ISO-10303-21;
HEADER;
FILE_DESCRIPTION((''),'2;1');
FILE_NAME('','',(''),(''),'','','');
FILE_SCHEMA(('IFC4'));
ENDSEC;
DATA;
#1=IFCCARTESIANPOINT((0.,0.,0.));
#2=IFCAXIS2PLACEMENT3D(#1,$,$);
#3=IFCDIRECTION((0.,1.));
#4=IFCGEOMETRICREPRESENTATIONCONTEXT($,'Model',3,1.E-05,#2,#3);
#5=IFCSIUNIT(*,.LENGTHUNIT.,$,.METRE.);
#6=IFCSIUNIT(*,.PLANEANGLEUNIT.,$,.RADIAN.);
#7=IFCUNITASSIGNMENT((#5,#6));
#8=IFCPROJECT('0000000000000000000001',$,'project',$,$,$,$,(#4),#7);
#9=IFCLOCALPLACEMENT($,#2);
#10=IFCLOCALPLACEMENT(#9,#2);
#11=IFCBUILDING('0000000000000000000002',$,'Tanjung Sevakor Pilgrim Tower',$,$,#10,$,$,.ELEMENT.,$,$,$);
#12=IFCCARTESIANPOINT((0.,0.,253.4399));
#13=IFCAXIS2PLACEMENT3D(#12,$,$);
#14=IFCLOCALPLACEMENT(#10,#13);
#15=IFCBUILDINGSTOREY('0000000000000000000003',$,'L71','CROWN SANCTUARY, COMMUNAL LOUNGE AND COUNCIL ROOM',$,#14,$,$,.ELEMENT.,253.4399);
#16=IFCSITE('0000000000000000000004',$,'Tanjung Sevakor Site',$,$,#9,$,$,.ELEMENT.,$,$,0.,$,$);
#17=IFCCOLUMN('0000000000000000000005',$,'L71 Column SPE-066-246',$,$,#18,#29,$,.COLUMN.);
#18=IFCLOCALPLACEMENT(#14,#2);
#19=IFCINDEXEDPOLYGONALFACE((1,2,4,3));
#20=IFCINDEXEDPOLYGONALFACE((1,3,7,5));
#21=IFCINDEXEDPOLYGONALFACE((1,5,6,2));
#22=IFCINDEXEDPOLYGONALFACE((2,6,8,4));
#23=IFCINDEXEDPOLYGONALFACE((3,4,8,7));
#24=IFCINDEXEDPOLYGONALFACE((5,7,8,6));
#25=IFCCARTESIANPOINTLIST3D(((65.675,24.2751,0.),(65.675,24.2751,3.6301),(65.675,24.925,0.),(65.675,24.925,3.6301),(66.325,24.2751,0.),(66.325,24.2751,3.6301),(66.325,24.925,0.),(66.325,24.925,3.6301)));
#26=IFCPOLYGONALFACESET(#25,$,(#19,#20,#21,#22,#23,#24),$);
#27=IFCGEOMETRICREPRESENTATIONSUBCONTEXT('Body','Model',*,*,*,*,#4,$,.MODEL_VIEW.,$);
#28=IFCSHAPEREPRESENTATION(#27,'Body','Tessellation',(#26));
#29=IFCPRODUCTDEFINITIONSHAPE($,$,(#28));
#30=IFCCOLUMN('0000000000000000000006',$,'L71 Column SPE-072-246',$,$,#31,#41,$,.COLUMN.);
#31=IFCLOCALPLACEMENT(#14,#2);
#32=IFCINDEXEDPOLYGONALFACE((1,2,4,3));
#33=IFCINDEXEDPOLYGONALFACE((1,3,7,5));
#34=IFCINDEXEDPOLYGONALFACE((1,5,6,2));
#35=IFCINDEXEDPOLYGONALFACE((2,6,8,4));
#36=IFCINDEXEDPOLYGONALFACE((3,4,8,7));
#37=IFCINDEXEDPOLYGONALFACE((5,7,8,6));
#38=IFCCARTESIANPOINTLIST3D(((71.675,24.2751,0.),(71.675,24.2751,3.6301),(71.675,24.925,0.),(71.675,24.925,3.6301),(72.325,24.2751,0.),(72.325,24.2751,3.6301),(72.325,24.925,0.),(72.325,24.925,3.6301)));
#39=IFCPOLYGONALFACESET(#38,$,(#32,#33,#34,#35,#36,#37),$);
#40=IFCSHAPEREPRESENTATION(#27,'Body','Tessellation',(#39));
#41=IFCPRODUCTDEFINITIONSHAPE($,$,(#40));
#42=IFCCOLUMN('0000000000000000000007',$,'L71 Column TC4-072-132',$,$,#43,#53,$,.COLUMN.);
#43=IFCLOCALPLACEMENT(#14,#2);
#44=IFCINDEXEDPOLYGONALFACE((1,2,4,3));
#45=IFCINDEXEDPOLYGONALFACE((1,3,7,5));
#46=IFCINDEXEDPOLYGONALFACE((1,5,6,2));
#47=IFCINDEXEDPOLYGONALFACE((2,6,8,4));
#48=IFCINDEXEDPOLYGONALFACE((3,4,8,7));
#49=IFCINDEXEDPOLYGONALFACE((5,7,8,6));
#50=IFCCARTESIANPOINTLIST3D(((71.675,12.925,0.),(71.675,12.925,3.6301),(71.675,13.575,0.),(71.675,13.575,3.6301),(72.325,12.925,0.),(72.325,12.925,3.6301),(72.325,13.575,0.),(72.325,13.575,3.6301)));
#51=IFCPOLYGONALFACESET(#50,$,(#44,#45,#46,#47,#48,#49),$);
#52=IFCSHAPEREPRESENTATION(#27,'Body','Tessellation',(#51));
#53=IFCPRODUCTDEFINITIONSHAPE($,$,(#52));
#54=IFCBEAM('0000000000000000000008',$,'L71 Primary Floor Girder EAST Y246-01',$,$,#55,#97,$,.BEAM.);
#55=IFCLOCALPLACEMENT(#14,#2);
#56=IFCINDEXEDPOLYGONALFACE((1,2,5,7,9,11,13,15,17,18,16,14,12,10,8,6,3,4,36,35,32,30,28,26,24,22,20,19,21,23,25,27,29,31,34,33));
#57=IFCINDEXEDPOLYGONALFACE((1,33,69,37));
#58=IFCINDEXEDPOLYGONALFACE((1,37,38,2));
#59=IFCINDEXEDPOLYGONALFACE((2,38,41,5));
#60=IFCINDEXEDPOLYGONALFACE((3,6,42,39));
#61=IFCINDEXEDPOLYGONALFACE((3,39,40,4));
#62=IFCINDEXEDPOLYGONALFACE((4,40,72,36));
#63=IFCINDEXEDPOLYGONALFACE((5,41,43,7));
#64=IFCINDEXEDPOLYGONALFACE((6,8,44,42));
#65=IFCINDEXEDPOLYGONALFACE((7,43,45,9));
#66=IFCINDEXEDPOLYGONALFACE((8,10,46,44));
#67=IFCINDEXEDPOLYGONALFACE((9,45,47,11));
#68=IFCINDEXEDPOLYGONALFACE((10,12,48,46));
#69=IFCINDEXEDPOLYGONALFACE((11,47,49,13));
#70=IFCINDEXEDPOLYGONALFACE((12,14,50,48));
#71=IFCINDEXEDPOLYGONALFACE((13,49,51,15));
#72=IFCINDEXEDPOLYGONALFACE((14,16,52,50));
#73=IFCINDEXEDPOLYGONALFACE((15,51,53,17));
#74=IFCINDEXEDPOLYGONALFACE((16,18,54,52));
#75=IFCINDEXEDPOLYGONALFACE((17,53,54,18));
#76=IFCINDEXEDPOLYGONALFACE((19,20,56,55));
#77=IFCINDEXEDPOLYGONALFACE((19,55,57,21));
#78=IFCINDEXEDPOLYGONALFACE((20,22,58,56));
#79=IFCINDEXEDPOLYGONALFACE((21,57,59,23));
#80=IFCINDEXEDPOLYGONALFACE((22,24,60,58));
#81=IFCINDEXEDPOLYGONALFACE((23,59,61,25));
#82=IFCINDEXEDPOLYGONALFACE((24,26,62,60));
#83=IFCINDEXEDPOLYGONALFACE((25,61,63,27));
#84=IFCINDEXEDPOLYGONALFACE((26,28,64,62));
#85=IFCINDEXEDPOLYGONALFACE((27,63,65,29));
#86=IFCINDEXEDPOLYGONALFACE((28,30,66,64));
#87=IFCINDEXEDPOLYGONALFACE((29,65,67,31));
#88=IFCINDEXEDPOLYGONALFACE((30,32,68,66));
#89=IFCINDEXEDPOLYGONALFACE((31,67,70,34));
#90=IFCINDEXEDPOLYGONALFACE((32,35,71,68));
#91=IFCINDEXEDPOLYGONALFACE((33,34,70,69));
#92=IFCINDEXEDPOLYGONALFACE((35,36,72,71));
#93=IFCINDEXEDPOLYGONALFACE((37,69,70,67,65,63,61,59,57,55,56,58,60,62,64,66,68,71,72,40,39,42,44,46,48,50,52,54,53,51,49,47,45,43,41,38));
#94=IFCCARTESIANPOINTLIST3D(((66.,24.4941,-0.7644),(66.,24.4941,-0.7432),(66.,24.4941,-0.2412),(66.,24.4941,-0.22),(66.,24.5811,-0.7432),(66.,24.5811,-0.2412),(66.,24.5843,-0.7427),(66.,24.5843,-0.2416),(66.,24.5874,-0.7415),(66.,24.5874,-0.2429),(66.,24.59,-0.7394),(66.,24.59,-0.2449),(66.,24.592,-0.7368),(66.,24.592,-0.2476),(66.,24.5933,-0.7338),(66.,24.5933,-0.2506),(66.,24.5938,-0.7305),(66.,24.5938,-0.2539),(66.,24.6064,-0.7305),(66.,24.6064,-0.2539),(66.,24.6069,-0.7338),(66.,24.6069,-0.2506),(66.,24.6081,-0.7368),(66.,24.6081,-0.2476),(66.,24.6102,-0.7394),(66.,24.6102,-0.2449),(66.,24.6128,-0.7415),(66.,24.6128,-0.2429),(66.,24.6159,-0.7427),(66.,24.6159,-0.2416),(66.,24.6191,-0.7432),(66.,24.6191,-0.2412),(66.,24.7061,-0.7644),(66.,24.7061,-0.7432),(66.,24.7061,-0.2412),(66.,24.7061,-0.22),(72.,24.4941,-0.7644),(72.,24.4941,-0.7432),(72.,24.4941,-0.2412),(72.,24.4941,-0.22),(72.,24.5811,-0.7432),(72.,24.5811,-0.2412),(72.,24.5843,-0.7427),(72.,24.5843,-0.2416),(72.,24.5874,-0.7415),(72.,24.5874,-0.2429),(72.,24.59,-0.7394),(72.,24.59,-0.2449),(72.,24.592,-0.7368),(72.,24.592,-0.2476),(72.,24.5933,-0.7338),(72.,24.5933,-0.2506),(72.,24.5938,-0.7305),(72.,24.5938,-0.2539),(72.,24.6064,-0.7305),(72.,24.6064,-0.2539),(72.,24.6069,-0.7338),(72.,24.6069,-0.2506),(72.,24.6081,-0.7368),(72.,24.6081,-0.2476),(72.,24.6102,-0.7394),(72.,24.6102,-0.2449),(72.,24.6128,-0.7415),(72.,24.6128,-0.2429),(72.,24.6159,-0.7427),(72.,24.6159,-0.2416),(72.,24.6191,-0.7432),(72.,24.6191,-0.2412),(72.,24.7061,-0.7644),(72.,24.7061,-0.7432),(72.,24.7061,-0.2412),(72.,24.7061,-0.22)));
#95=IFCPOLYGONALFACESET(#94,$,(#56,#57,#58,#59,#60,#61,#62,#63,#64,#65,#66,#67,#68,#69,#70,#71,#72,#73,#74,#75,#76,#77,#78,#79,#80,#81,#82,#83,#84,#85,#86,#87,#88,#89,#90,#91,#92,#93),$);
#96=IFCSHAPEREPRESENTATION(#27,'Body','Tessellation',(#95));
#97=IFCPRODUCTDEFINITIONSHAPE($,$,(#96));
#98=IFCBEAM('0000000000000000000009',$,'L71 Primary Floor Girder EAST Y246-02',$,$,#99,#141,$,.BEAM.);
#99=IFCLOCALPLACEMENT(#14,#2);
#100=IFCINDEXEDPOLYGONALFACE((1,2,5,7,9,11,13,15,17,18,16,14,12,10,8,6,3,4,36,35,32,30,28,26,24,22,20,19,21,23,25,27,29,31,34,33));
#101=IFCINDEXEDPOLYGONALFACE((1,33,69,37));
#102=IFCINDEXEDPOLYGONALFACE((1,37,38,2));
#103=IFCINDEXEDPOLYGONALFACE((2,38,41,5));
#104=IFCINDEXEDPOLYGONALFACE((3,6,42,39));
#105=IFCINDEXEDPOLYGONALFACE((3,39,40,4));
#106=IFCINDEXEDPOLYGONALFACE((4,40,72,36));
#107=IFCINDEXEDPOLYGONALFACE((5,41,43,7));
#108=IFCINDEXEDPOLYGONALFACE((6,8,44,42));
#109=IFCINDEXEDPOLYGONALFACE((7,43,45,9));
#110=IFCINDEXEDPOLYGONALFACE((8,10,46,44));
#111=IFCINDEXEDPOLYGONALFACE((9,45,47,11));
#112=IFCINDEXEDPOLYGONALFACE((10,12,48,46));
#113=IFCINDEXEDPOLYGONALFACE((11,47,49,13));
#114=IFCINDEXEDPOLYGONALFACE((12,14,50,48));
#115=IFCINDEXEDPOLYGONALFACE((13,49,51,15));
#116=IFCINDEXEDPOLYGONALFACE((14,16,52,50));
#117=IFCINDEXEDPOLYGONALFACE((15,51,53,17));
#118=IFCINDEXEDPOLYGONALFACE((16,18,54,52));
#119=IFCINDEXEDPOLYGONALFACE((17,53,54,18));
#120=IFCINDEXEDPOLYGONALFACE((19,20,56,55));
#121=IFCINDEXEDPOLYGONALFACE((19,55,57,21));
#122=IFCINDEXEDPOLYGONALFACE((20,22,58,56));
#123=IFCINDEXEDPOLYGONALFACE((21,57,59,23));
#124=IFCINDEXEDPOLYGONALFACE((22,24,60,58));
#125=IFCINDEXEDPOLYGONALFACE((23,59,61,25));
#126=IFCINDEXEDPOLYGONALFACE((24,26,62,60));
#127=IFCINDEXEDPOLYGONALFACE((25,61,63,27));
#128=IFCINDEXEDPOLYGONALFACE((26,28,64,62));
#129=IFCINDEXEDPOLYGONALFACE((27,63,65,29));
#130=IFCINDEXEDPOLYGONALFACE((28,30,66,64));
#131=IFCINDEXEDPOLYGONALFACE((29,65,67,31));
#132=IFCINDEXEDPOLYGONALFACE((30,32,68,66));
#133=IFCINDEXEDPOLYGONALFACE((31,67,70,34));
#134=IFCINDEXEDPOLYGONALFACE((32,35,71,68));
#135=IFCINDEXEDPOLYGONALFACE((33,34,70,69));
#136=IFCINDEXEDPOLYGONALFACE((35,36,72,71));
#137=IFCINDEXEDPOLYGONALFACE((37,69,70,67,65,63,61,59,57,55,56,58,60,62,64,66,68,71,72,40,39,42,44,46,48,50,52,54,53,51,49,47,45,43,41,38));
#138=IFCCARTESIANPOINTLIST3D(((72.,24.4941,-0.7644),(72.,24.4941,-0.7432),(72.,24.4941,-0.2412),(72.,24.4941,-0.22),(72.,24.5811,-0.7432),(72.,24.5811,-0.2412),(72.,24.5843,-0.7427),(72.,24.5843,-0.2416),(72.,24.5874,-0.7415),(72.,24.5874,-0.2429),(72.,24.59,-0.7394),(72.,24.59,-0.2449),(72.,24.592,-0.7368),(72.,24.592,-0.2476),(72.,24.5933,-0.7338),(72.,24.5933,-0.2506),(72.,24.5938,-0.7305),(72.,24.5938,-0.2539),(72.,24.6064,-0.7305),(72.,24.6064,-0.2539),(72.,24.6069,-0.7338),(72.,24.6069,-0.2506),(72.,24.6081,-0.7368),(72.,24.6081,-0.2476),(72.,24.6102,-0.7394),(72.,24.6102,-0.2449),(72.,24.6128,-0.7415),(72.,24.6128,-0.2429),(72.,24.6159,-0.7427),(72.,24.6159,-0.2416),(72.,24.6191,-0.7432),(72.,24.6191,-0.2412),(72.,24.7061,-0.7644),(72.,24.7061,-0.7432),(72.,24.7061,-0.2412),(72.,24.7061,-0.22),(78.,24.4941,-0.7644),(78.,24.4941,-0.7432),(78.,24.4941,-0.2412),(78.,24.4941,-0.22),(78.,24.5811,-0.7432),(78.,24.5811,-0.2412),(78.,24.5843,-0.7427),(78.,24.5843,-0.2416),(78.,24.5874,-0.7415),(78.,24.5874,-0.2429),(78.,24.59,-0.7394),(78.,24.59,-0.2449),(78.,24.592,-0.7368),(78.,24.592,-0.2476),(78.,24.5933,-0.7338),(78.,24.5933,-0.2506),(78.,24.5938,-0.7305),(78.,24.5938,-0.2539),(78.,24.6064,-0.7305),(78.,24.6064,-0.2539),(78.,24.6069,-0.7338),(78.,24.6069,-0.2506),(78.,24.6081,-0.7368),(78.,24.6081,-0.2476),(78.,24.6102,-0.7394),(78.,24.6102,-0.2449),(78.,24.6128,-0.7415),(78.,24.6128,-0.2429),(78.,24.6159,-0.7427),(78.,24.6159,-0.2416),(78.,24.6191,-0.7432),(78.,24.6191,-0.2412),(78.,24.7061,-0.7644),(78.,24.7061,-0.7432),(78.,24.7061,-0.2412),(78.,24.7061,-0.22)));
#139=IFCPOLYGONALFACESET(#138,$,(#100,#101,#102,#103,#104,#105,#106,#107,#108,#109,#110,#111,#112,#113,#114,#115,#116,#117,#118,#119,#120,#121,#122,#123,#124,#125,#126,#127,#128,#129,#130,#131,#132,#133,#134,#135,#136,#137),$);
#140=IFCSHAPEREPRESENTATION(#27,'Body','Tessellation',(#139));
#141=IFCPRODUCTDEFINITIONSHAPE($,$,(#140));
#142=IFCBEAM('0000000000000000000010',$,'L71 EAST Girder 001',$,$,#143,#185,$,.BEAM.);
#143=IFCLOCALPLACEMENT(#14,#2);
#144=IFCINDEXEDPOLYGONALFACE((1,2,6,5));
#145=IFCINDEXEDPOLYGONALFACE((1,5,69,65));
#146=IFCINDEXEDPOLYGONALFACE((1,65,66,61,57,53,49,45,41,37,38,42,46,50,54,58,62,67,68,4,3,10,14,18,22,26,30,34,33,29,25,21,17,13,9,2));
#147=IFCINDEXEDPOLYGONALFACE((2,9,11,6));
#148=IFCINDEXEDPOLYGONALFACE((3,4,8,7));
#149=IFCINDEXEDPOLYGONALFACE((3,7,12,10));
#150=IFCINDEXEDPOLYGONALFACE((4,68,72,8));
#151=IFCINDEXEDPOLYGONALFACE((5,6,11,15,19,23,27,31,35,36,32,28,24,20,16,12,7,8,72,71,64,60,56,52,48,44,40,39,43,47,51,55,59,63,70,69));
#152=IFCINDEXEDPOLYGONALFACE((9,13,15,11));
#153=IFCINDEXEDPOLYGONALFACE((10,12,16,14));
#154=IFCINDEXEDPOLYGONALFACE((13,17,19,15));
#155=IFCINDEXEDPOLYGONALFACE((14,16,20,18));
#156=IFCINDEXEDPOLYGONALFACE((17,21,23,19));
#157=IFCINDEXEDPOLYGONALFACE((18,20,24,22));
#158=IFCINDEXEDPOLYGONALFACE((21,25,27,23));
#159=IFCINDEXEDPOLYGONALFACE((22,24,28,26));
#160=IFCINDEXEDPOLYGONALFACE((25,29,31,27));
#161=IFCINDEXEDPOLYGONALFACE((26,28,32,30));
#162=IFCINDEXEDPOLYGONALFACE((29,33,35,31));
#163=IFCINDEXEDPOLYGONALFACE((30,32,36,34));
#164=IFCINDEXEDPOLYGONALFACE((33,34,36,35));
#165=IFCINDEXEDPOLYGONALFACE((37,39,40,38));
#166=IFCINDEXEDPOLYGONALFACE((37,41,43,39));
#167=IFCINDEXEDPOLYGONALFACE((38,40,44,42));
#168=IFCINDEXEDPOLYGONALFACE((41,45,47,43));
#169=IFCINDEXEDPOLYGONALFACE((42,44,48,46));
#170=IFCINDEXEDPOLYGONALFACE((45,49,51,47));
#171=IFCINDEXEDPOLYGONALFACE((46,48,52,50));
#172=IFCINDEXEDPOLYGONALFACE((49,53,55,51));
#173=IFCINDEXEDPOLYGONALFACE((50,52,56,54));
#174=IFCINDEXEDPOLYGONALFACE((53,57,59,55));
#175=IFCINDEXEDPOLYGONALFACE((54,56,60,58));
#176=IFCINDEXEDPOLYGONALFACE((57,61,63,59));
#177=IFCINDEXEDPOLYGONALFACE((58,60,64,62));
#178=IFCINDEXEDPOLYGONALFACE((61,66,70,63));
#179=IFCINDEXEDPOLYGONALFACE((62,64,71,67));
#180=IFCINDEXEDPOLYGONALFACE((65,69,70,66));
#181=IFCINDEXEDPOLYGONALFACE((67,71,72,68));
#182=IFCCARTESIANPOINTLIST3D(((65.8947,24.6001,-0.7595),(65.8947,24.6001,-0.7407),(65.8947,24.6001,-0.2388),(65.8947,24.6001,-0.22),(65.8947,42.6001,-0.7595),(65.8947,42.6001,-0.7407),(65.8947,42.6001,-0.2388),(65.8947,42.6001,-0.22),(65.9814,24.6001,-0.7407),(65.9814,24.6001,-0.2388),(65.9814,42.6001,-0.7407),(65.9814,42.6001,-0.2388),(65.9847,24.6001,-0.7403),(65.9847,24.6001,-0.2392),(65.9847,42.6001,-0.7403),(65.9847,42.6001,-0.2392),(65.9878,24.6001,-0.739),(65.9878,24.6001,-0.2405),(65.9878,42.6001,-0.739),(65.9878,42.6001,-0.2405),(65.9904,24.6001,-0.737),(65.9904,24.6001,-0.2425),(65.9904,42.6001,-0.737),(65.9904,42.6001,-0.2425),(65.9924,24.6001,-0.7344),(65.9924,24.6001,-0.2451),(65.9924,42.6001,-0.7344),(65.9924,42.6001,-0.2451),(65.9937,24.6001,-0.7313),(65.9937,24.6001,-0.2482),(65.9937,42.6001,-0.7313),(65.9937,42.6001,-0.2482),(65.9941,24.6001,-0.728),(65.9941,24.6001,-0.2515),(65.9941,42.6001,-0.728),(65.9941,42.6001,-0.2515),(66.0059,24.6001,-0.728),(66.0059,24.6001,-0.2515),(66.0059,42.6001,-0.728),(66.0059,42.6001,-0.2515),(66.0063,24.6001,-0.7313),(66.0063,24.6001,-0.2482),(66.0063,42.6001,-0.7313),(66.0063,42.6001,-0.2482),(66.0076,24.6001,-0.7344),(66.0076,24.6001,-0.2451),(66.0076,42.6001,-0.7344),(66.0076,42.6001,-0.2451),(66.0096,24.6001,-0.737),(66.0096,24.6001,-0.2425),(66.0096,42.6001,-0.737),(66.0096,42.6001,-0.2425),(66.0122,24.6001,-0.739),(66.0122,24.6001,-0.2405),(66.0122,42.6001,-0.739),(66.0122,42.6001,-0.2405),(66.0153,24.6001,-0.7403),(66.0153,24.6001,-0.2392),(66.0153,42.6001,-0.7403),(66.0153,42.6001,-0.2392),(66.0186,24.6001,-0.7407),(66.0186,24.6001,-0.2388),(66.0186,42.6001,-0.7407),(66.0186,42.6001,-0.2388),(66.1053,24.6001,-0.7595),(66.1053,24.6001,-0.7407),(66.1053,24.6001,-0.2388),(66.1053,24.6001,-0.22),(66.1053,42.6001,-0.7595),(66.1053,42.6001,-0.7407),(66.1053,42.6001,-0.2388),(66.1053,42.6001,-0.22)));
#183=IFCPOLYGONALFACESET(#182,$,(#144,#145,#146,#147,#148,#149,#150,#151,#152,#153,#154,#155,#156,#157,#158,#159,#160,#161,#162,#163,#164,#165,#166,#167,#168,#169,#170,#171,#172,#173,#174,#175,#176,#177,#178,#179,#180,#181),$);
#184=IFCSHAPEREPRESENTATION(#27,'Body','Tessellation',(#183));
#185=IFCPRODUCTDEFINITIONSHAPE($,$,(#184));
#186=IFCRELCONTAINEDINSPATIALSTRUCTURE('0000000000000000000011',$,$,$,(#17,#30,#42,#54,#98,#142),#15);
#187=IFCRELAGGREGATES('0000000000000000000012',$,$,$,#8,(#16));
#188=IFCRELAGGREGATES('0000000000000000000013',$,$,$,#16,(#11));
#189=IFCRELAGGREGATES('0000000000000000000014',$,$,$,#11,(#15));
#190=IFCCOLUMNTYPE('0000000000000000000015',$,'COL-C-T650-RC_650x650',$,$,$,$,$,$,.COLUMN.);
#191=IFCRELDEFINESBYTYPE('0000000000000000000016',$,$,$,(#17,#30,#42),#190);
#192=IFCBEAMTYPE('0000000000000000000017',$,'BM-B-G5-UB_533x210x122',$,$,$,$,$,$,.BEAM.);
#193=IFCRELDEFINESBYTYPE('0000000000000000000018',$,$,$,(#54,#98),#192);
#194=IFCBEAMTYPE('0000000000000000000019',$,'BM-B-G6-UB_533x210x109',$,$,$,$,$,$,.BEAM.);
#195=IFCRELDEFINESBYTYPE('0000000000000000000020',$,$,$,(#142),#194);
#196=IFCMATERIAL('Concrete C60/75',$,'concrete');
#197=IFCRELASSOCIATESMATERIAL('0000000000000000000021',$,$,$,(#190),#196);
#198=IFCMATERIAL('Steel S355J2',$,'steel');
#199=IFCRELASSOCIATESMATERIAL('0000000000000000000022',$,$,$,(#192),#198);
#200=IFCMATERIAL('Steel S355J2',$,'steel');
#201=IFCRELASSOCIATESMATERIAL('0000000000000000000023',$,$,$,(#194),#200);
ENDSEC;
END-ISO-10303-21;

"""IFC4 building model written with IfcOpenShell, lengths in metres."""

from ifc_helpers import new_model, si_unit, direction, frame, origin, origin_2d, place, context, subcontext, project, spatial, rectangle, i_section, extrude, material, material_profile, profile_set, type_object, element, save


model = new_model("IFC4")

# Units and contexts
model_context = context("Model", 3, precision=1e-05, world=origin(), true_north=direction((0.0, 1.0)))
body_context = subcontext(model_context, "Body", "Model", "MODEL_VIEW")
ifc_project = project(units=[si_unit("LENGTHUNIT", "METRE"), si_unit("PLANEANGLEUNIT", "RADIAN")], contexts=[model_context])

# Site, building, storey
site_placement = place(None, origin())
site = spatial("IfcSite", under=ifc_project, at=site_placement, Name="Tanjung Sevakor Site", CompositionType="ELEMENT", RefElevation=0.0)
building_placement = place(site_placement, origin())
building = spatial("IfcBuilding", under=site, at=building_placement, Name="Tanjung Sevakor Pilgrim Tower", CompositionType="ELEMENT")
storey_placement = place(building_placement, frame((0.0, 0.0, 253.4399)))
storey = spatial("IfcBuildingStorey", under=building, at=storey_placement, Name="L71", Description="CROWN SANCTUARY, COMMUNAL LOUNGE AND COUNCIL ROOM", CompositionType="ELEMENT", Elevation=253.4399)

# Columns
ifc_material_1 = material(Name="Concrete C60/75", Category="concrete")
ifc_material_profile_1 = material_profile(ifc_material_1, rectangle(XDim=0.6499, YDim=0.6499, at=origin_2d()))
ifc_profile_set_1 = profile_set([ifc_material_profile_1], Name="Concrete C60/75")
column_type = type_object("IfcColumnType", Name="COL-C-T650-RC_650x650", PredefinedType="COLUMN", material=ifc_profile_set_1)
for number, where, z_axis, x_axis, name in (
    (1, (66.0, 24.6001, 0.0), (0.0, 0.0, 1.0), (1.0, 0.0, 0.0), "L71 Column SPE-066-246"),
    (2, (72.0, 24.6001, 0.0), (0.0, 0.0, 1.0), (1.0, 0.0, 0.0), "L71 Column SPE-072-246"),
    (3, (72.0, 13.25, 0.0), (0.0, 0.0, 1.0), (1.0, 0.0, 0.0), "L71 Column TC4-072-132"),
):
    element("IfcColumn", number, at=place(storey_placement, frame(where, z_axis=z_axis, x_axis=x_axis)), inside=storey, type_object=column_type, Name=name, PredefinedType="COLUMN", context=body_context, shape_type="SweptSolid", body=[
        extrude(rectangle(XDim=0.6499, YDim=0.6499, at=origin_2d()), origin(), (0.0, 0.0, 1.0), 3.6301),
    ])

# Beams
ifc_material_2 = material(Name="Steel S355J2", Category="steel")
ifc_material_profile_2 = material_profile(ifc_material_2, i_section(OverallWidth=0.2119, OverallDepth=0.5444, WebThickness=0.0127, FlangeThickness=0.0212, FilletRadius=0.0127, at=origin_2d()))
ifc_profile_set_2 = profile_set([ifc_material_profile_2], Name="Steel S355J2")
beam_type_1 = type_object("IfcBeamType", Name="BM-B-G5-UB_533x210x122", PredefinedType="BEAM", material=ifc_profile_set_2)
for number, where, z_axis, x_axis, name in (
    (4, (66.0, 24.6001, -0.4922), (1.0, 0.0, 0.0), (0.0, 1.0, 0.0), "L71 Primary Floor Girder EAST Y246-01"),
    (5, (72.0, 24.6001, -0.4922), (1.0, 0.0, 0.0), (0.0, 1.0, 0.0), "L71 Primary Floor Girder EAST Y246-02"),
):
    element("IfcBeam", number, at=place(storey_placement, frame(where, z_axis=z_axis, x_axis=x_axis)), inside=storey, type_object=beam_type_1, Name=name, PredefinedType="BEAM", context=body_context, shape_type="SweptSolid", body=[
        extrude(i_section(OverallWidth=0.2119, OverallDepth=0.5444, WebThickness=0.0127, FlangeThickness=0.0212, FilletRadius=0.0127, at=origin_2d()), origin(), (0.0, 0.0, 1.0), 6.0),
    ])
ifc_material_3 = material(Name="Steel S355J2", Category="steel")
ifc_material_profile_3 = material_profile(ifc_material_3, i_section(OverallWidth=0.2107, OverallDepth=0.5396, WebThickness=0.0117, FlangeThickness=0.0188, FilletRadius=0.0127, at=origin_2d()))
ifc_profile_set_3 = profile_set([ifc_material_profile_3], Name="Steel S355J2")
beam_type_2 = type_object("IfcBeamType", Name="BM-B-G6-UB_533x210x109", PredefinedType="BEAM", material=ifc_profile_set_3)
beam_1_placement = place(storey_placement, frame((66.0, 24.6001, -0.4897), z_axis=(0.0, 1.0, 0.0), x_axis=(-1.0, 0.0, 0.0)))
element("IfcBeam", 6, at=beam_1_placement, inside=storey, type_object=beam_type_2, Name="L71 EAST Girder 001", PredefinedType="BEAM", context=body_context, shape_type="SweptSolid", body=[
    extrude(i_section(OverallWidth=0.2107, OverallDepth=0.5396, WebThickness=0.0117, FlangeThickness=0.0188, FilletRadius=0.0127, at=origin_2d()), origin(), (0.0, 0.0, 1.0), 18.0),
])

save(model, "model.ifc")
